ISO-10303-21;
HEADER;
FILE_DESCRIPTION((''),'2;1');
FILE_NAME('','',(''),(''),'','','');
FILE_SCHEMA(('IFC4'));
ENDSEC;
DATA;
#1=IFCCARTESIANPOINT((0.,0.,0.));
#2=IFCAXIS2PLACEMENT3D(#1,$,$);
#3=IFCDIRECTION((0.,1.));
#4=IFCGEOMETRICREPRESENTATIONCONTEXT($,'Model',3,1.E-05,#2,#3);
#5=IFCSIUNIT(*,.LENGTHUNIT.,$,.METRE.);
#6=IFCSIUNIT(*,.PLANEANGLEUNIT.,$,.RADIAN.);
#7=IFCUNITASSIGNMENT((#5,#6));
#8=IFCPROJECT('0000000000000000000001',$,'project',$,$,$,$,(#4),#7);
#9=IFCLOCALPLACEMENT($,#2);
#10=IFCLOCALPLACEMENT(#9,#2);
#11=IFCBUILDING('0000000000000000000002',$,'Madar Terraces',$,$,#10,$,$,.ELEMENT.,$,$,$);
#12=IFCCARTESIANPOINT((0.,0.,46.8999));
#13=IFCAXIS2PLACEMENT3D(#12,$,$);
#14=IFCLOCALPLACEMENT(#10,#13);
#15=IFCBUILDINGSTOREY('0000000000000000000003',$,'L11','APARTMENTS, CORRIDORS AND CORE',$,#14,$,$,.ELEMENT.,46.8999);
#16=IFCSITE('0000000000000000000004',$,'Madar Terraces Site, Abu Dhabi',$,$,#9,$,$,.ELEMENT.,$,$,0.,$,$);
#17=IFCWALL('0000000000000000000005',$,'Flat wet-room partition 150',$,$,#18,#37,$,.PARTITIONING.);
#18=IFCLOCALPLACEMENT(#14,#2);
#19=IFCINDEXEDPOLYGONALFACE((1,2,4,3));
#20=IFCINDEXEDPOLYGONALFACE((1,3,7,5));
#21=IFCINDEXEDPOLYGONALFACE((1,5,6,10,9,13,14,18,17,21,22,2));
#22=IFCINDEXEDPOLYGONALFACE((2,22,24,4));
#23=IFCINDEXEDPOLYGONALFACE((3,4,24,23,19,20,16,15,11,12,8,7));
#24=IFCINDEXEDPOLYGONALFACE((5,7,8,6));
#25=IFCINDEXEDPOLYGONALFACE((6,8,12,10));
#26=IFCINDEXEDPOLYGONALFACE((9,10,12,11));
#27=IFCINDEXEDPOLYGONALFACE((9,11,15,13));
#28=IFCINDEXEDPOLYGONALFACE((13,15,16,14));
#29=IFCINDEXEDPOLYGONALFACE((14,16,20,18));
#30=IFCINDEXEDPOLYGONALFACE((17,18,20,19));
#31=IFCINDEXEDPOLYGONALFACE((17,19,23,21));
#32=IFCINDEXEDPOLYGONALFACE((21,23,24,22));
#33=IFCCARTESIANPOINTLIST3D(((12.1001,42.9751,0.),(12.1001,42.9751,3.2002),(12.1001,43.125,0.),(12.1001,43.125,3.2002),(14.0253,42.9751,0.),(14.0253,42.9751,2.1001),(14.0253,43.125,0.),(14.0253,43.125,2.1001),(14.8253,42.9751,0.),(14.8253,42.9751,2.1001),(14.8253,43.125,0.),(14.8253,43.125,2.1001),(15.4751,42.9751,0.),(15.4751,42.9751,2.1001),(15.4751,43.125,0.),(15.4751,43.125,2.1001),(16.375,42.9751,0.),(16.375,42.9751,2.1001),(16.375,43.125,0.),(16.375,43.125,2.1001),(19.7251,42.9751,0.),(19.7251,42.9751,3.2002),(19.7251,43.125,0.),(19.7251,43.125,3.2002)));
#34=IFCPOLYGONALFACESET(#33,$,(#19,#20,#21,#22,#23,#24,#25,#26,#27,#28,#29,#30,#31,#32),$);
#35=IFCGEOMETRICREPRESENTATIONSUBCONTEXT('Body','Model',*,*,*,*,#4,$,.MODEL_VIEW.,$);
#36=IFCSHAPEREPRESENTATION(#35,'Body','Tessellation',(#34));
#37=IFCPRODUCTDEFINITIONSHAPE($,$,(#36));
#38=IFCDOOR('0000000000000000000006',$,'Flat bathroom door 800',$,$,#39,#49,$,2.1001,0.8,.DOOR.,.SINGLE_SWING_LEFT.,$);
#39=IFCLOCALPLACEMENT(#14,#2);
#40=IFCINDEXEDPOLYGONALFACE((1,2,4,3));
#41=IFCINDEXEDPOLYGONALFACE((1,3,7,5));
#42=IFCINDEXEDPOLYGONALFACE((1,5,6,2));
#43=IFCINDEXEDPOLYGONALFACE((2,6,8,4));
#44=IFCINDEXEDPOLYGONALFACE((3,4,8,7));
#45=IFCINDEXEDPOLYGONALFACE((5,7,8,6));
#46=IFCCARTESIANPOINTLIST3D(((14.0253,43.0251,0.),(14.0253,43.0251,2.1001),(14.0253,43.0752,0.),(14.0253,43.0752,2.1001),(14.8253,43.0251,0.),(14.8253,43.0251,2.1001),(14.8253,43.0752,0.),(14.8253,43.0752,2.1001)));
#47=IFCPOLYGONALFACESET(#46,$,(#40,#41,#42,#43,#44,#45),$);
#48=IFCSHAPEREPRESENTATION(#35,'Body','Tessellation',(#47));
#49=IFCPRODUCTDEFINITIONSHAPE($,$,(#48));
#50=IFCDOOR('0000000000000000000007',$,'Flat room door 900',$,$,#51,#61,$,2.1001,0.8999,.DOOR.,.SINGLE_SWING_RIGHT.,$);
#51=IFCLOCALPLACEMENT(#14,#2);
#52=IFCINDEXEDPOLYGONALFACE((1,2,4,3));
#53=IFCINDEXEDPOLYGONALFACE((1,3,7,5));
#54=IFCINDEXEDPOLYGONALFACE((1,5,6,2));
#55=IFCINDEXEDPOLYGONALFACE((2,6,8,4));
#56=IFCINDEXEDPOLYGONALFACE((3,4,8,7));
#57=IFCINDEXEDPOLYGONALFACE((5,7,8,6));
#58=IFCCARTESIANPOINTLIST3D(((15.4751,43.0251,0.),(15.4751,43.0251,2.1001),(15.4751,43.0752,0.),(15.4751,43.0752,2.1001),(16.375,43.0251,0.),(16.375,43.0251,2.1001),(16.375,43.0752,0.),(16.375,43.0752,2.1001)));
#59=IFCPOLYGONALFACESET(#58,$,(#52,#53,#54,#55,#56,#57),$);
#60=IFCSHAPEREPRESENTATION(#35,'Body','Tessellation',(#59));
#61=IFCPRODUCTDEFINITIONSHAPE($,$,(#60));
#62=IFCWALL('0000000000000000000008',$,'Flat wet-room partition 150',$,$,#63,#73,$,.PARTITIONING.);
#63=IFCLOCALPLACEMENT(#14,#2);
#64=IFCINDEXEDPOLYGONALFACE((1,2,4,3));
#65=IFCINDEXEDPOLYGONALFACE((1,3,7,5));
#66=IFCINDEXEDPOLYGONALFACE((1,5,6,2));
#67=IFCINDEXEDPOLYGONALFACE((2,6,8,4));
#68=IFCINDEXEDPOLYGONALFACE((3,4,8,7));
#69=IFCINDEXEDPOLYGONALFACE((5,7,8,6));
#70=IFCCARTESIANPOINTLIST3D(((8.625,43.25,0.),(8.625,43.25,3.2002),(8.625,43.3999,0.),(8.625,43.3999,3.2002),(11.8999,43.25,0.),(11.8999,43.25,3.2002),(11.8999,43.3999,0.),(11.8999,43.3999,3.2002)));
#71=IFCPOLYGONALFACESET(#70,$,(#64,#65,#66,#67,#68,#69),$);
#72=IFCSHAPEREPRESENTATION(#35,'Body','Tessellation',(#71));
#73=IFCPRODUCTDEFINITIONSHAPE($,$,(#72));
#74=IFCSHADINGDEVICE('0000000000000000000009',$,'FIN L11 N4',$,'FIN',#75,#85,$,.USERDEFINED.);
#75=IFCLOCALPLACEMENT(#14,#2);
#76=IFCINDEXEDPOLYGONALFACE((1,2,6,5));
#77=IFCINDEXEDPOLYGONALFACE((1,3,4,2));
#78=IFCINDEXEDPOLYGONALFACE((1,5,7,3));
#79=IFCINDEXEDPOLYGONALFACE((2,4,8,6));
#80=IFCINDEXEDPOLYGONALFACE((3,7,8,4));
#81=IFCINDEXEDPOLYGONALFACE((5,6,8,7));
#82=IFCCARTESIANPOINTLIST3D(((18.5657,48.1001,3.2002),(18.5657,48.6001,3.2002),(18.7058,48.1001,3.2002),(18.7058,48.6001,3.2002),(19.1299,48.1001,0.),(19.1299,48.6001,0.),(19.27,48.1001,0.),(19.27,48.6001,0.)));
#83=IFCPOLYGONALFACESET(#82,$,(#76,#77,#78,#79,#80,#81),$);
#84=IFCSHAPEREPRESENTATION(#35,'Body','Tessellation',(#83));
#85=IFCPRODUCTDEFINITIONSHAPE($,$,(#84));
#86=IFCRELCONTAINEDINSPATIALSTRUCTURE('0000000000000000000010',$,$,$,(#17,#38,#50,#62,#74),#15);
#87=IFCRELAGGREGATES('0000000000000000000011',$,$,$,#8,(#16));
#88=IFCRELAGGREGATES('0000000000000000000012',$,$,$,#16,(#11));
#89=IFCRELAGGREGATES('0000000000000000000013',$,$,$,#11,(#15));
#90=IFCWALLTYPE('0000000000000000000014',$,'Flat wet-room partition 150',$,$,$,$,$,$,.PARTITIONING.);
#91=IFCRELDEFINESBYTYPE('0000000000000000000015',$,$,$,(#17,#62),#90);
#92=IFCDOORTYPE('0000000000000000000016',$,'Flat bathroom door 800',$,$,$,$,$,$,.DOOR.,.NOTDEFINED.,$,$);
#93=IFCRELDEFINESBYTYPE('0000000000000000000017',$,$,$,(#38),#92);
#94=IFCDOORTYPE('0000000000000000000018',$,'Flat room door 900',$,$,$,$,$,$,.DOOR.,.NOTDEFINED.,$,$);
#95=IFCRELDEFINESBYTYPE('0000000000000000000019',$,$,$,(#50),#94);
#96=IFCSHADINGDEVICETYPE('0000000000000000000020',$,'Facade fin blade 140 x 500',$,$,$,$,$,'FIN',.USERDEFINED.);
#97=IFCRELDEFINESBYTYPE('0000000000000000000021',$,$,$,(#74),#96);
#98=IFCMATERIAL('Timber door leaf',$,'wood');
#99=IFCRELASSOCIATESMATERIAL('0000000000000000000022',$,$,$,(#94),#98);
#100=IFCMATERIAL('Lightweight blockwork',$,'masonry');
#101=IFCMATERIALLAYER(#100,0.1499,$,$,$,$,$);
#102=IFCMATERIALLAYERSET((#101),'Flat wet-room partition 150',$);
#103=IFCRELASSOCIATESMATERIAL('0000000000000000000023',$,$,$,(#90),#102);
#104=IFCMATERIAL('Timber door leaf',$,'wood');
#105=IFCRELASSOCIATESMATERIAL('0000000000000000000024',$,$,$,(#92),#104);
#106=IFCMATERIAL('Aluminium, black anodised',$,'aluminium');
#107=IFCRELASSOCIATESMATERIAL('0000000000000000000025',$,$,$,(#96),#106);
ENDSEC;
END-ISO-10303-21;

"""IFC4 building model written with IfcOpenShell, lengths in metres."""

from ifc_helpers import new_model, si_unit, direction, frame, frame_2d, origin, place, context, subcontext, project, spatial, polyline, rectangle, outline, extrude, material, layer, layer_set, type_object, element, fill, save


model = new_model("IFC4")

# Units and contexts
model_context = context("Model", 3, precision=1e-05, world=origin(), true_north=direction((0.0, 1.0)))
body_context = subcontext(model_context, "Body", "Model", "MODEL_VIEW")
ifc_project = project(units=[si_unit("LENGTHUNIT", "METRE"), si_unit("PLANEANGLEUNIT", "RADIAN")], contexts=[model_context])

# Site, building, storey
site_placement = place(None, origin())
site = spatial("IfcSite", under=ifc_project, at=site_placement, Name="Madar Terraces Site, Abu Dhabi", CompositionType="ELEMENT", RefElevation=0.0)
building_placement = place(site_placement, origin())
building = spatial("IfcBuilding", under=site, at=building_placement, Name="Madar Terraces", CompositionType="ELEMENT")
storey_placement = place(building_placement, frame((0.0, 0.0, 46.8999)))
storey = spatial("IfcBuildingStorey", under=building, at=storey_placement, Name="L11", Description="APARTMENTS, CORRIDORS AND CORE", CompositionType="ELEMENT", Elevation=46.8999)

# Shared definitions
ifc_material_1 = material(Name="Timber door leaf", Category="wood")
door_type_1 = type_object("IfcDoorType", Name="Flat room door 900", OperationType="NOTDEFINED", PredefinedType="DOOR", material=ifc_material_1)

# Shared definitions
ifc_material_2 = material(Name="Lightweight blockwork", Category="masonry")
ifc_layer_1 = layer(ifc_material_2, 0.1499)
ifc_layer_set_1 = layer_set([ifc_layer_1], Name="Flat wet-room partition 150")
wall_type_1 = type_object("IfcWallType", Name="Flat wet-room partition 150", PredefinedType="PARTITIONING", material=ifc_layer_set_1)

# Wall, openings, doors
wall_1_placement = place(storey_placement, frame((19.7251, 43.05, 0.0), z_axis=(0.0, 0.0, 1.0), x_axis=(-1.0, 0.0, 0.0)))
wall_1 = element("IfcWall", 1, at=wall_1_placement, inside=storey, type_object=wall_type_1, Name="Flat wet-room partition 150", PredefinedType="PARTITIONING", context=body_context, shape_type="SweptSolid", body=[
    extrude(rectangle(XDim=7.625, YDim=0.1499, at=frame_2d((3.8125, 0.0))), origin(), (0.0, 0.0, 1.0), 3.2002),
])
opening_1_placement = place(wall_1_placement, frame((3.3501, 0.0, 0.0)))
opening_1 = element("IfcOpeningElement", 2, at=opening_1_placement, cuts=wall_1, PredefinedType="OPENING", context=body_context, shape_type="SweptSolid", body=[
    extrude(rectangle(XDim=0.8999, YDim=2.1001, at=frame_2d((0.45, 1.05))), frame((0.0, 0.085, 0.0), z_axis=(0.0, -1.0, 0.0), x_axis=(1.0, 0.0, 0.0)), (0.0, 0.0, 1.0), 0.1699),
])
opening_2_placement = place(wall_1_placement, frame((4.8999, 0.0, 0.0)))
opening_2 = element("IfcOpeningElement", 3, at=opening_2_placement, cuts=wall_1, PredefinedType="OPENING", context=body_context, shape_type="SweptSolid", body=[
    extrude(rectangle(XDim=0.8, YDim=2.1001, at=frame_2d((0.3999, 1.05))), frame((0.0, 0.085, 0.0), z_axis=(0.0, -1.0, 0.0), x_axis=(1.0, 0.0, 0.0)), (0.0, 0.0, 1.0), 0.1699),
])
ifc_material_3 = material(Name="Timber door leaf", Category="wood")
door_type_2 = type_object("IfcDoorType", Name="Flat bathroom door 800", OperationType="NOTDEFINED", PredefinedType="DOOR", material=ifc_material_3)
door_1_placement = place(opening_2_placement, origin())
door_1 = element("IfcDoor", 4, at=door_1_placement, inside=storey, type_object=door_type_2, Name="Flat bathroom door 800", OperationType="SINGLE_SWING_LEFT", OverallHeight=2.1001, OverallWidth=0.8, PredefinedType="DOOR", context=body_context, shape_type="SweptSolid", body=[
    extrude(rectangle(XDim=0.8, YDim=2.1001, at=frame_2d((0.3999, 1.05))), frame((0.0, 0.0249, 0.0), z_axis=(0.0, -1.0, 0.0), x_axis=(1.0, 0.0, 0.0)), (0.0, 0.0, 1.0), 0.05),
])
fill(opening_2, door_1)
door_2_placement = place(opening_1_placement, origin())
door_2 = element("IfcDoor", 5, at=door_2_placement, inside=storey, type_object=door_type_1, Name="Flat room door 900", OperationType="SINGLE_SWING_RIGHT", OverallHeight=2.1001, OverallWidth=0.8999, PredefinedType="DOOR", context=body_context, shape_type="SweptSolid", body=[
    extrude(rectangle(XDim=0.8999, YDim=2.1001, at=frame_2d((0.45, 1.05))), frame((0.0, 0.0249, 0.0), z_axis=(0.0, -1.0, 0.0), x_axis=(1.0, 0.0, 0.0)), (0.0, 0.0, 1.0), 0.05),
])
fill(opening_1, door_2)

# Wall
wall_2_placement = place(storey_placement, frame((11.8999, 43.325, 0.0), z_axis=(0.0, 0.0, 1.0), x_axis=(-1.0, 0.0, 0.0)))
element("IfcWall", 6, at=wall_2_placement, inside=storey, type_object=wall_type_1, Name="Flat wet-room partition 150", PredefinedType="PARTITIONING", context=body_context, shape_type="SweptSolid", body=[
    extrude(rectangle(XDim=3.2749, YDim=0.1499, at=frame_2d((1.6375, 0.0))), origin(), (0.0, 0.0, 1.0), 3.2002),
])

# Shading device
ifc_material_4 = material(Name="Aluminium, black anodised", Category="aluminium")
shading_device_type = type_object("IfcShadingDeviceType", Name="Facade fin blade 140 x 500", ElementType="FIN", PredefinedType="USERDEFINED", material=ifc_material_4)
shading_device_placement = place(storey_placement, frame((19.27, 48.3501, 0.0), z_axis=(0.0, 0.0, 1.0), x_axis=(-1.0, 0.0, 0.0)))
element("IfcShadingDevice", 7, at=shading_device_placement, inside=storey, type_object=shading_device_type, Name="FIN L11 N4", ObjectType="FIN", PredefinedType="USERDEFINED", context=body_context, shape_type="SweptSolid", body=[
    extrude(outline(polyline([(0.0, 0.0), (0.1401, 0.0), (0.7043, 3.2002), (0.5642, 3.2002), (0.0, 0.0)])), frame((0.0, 0.25, 0.0), z_axis=(0.0, -1.0, 0.0), x_axis=(1.0, 0.0, 0.0)), (0.0, 0.0, 1.0), 0.5),
])

save(model, "model.ifc")
